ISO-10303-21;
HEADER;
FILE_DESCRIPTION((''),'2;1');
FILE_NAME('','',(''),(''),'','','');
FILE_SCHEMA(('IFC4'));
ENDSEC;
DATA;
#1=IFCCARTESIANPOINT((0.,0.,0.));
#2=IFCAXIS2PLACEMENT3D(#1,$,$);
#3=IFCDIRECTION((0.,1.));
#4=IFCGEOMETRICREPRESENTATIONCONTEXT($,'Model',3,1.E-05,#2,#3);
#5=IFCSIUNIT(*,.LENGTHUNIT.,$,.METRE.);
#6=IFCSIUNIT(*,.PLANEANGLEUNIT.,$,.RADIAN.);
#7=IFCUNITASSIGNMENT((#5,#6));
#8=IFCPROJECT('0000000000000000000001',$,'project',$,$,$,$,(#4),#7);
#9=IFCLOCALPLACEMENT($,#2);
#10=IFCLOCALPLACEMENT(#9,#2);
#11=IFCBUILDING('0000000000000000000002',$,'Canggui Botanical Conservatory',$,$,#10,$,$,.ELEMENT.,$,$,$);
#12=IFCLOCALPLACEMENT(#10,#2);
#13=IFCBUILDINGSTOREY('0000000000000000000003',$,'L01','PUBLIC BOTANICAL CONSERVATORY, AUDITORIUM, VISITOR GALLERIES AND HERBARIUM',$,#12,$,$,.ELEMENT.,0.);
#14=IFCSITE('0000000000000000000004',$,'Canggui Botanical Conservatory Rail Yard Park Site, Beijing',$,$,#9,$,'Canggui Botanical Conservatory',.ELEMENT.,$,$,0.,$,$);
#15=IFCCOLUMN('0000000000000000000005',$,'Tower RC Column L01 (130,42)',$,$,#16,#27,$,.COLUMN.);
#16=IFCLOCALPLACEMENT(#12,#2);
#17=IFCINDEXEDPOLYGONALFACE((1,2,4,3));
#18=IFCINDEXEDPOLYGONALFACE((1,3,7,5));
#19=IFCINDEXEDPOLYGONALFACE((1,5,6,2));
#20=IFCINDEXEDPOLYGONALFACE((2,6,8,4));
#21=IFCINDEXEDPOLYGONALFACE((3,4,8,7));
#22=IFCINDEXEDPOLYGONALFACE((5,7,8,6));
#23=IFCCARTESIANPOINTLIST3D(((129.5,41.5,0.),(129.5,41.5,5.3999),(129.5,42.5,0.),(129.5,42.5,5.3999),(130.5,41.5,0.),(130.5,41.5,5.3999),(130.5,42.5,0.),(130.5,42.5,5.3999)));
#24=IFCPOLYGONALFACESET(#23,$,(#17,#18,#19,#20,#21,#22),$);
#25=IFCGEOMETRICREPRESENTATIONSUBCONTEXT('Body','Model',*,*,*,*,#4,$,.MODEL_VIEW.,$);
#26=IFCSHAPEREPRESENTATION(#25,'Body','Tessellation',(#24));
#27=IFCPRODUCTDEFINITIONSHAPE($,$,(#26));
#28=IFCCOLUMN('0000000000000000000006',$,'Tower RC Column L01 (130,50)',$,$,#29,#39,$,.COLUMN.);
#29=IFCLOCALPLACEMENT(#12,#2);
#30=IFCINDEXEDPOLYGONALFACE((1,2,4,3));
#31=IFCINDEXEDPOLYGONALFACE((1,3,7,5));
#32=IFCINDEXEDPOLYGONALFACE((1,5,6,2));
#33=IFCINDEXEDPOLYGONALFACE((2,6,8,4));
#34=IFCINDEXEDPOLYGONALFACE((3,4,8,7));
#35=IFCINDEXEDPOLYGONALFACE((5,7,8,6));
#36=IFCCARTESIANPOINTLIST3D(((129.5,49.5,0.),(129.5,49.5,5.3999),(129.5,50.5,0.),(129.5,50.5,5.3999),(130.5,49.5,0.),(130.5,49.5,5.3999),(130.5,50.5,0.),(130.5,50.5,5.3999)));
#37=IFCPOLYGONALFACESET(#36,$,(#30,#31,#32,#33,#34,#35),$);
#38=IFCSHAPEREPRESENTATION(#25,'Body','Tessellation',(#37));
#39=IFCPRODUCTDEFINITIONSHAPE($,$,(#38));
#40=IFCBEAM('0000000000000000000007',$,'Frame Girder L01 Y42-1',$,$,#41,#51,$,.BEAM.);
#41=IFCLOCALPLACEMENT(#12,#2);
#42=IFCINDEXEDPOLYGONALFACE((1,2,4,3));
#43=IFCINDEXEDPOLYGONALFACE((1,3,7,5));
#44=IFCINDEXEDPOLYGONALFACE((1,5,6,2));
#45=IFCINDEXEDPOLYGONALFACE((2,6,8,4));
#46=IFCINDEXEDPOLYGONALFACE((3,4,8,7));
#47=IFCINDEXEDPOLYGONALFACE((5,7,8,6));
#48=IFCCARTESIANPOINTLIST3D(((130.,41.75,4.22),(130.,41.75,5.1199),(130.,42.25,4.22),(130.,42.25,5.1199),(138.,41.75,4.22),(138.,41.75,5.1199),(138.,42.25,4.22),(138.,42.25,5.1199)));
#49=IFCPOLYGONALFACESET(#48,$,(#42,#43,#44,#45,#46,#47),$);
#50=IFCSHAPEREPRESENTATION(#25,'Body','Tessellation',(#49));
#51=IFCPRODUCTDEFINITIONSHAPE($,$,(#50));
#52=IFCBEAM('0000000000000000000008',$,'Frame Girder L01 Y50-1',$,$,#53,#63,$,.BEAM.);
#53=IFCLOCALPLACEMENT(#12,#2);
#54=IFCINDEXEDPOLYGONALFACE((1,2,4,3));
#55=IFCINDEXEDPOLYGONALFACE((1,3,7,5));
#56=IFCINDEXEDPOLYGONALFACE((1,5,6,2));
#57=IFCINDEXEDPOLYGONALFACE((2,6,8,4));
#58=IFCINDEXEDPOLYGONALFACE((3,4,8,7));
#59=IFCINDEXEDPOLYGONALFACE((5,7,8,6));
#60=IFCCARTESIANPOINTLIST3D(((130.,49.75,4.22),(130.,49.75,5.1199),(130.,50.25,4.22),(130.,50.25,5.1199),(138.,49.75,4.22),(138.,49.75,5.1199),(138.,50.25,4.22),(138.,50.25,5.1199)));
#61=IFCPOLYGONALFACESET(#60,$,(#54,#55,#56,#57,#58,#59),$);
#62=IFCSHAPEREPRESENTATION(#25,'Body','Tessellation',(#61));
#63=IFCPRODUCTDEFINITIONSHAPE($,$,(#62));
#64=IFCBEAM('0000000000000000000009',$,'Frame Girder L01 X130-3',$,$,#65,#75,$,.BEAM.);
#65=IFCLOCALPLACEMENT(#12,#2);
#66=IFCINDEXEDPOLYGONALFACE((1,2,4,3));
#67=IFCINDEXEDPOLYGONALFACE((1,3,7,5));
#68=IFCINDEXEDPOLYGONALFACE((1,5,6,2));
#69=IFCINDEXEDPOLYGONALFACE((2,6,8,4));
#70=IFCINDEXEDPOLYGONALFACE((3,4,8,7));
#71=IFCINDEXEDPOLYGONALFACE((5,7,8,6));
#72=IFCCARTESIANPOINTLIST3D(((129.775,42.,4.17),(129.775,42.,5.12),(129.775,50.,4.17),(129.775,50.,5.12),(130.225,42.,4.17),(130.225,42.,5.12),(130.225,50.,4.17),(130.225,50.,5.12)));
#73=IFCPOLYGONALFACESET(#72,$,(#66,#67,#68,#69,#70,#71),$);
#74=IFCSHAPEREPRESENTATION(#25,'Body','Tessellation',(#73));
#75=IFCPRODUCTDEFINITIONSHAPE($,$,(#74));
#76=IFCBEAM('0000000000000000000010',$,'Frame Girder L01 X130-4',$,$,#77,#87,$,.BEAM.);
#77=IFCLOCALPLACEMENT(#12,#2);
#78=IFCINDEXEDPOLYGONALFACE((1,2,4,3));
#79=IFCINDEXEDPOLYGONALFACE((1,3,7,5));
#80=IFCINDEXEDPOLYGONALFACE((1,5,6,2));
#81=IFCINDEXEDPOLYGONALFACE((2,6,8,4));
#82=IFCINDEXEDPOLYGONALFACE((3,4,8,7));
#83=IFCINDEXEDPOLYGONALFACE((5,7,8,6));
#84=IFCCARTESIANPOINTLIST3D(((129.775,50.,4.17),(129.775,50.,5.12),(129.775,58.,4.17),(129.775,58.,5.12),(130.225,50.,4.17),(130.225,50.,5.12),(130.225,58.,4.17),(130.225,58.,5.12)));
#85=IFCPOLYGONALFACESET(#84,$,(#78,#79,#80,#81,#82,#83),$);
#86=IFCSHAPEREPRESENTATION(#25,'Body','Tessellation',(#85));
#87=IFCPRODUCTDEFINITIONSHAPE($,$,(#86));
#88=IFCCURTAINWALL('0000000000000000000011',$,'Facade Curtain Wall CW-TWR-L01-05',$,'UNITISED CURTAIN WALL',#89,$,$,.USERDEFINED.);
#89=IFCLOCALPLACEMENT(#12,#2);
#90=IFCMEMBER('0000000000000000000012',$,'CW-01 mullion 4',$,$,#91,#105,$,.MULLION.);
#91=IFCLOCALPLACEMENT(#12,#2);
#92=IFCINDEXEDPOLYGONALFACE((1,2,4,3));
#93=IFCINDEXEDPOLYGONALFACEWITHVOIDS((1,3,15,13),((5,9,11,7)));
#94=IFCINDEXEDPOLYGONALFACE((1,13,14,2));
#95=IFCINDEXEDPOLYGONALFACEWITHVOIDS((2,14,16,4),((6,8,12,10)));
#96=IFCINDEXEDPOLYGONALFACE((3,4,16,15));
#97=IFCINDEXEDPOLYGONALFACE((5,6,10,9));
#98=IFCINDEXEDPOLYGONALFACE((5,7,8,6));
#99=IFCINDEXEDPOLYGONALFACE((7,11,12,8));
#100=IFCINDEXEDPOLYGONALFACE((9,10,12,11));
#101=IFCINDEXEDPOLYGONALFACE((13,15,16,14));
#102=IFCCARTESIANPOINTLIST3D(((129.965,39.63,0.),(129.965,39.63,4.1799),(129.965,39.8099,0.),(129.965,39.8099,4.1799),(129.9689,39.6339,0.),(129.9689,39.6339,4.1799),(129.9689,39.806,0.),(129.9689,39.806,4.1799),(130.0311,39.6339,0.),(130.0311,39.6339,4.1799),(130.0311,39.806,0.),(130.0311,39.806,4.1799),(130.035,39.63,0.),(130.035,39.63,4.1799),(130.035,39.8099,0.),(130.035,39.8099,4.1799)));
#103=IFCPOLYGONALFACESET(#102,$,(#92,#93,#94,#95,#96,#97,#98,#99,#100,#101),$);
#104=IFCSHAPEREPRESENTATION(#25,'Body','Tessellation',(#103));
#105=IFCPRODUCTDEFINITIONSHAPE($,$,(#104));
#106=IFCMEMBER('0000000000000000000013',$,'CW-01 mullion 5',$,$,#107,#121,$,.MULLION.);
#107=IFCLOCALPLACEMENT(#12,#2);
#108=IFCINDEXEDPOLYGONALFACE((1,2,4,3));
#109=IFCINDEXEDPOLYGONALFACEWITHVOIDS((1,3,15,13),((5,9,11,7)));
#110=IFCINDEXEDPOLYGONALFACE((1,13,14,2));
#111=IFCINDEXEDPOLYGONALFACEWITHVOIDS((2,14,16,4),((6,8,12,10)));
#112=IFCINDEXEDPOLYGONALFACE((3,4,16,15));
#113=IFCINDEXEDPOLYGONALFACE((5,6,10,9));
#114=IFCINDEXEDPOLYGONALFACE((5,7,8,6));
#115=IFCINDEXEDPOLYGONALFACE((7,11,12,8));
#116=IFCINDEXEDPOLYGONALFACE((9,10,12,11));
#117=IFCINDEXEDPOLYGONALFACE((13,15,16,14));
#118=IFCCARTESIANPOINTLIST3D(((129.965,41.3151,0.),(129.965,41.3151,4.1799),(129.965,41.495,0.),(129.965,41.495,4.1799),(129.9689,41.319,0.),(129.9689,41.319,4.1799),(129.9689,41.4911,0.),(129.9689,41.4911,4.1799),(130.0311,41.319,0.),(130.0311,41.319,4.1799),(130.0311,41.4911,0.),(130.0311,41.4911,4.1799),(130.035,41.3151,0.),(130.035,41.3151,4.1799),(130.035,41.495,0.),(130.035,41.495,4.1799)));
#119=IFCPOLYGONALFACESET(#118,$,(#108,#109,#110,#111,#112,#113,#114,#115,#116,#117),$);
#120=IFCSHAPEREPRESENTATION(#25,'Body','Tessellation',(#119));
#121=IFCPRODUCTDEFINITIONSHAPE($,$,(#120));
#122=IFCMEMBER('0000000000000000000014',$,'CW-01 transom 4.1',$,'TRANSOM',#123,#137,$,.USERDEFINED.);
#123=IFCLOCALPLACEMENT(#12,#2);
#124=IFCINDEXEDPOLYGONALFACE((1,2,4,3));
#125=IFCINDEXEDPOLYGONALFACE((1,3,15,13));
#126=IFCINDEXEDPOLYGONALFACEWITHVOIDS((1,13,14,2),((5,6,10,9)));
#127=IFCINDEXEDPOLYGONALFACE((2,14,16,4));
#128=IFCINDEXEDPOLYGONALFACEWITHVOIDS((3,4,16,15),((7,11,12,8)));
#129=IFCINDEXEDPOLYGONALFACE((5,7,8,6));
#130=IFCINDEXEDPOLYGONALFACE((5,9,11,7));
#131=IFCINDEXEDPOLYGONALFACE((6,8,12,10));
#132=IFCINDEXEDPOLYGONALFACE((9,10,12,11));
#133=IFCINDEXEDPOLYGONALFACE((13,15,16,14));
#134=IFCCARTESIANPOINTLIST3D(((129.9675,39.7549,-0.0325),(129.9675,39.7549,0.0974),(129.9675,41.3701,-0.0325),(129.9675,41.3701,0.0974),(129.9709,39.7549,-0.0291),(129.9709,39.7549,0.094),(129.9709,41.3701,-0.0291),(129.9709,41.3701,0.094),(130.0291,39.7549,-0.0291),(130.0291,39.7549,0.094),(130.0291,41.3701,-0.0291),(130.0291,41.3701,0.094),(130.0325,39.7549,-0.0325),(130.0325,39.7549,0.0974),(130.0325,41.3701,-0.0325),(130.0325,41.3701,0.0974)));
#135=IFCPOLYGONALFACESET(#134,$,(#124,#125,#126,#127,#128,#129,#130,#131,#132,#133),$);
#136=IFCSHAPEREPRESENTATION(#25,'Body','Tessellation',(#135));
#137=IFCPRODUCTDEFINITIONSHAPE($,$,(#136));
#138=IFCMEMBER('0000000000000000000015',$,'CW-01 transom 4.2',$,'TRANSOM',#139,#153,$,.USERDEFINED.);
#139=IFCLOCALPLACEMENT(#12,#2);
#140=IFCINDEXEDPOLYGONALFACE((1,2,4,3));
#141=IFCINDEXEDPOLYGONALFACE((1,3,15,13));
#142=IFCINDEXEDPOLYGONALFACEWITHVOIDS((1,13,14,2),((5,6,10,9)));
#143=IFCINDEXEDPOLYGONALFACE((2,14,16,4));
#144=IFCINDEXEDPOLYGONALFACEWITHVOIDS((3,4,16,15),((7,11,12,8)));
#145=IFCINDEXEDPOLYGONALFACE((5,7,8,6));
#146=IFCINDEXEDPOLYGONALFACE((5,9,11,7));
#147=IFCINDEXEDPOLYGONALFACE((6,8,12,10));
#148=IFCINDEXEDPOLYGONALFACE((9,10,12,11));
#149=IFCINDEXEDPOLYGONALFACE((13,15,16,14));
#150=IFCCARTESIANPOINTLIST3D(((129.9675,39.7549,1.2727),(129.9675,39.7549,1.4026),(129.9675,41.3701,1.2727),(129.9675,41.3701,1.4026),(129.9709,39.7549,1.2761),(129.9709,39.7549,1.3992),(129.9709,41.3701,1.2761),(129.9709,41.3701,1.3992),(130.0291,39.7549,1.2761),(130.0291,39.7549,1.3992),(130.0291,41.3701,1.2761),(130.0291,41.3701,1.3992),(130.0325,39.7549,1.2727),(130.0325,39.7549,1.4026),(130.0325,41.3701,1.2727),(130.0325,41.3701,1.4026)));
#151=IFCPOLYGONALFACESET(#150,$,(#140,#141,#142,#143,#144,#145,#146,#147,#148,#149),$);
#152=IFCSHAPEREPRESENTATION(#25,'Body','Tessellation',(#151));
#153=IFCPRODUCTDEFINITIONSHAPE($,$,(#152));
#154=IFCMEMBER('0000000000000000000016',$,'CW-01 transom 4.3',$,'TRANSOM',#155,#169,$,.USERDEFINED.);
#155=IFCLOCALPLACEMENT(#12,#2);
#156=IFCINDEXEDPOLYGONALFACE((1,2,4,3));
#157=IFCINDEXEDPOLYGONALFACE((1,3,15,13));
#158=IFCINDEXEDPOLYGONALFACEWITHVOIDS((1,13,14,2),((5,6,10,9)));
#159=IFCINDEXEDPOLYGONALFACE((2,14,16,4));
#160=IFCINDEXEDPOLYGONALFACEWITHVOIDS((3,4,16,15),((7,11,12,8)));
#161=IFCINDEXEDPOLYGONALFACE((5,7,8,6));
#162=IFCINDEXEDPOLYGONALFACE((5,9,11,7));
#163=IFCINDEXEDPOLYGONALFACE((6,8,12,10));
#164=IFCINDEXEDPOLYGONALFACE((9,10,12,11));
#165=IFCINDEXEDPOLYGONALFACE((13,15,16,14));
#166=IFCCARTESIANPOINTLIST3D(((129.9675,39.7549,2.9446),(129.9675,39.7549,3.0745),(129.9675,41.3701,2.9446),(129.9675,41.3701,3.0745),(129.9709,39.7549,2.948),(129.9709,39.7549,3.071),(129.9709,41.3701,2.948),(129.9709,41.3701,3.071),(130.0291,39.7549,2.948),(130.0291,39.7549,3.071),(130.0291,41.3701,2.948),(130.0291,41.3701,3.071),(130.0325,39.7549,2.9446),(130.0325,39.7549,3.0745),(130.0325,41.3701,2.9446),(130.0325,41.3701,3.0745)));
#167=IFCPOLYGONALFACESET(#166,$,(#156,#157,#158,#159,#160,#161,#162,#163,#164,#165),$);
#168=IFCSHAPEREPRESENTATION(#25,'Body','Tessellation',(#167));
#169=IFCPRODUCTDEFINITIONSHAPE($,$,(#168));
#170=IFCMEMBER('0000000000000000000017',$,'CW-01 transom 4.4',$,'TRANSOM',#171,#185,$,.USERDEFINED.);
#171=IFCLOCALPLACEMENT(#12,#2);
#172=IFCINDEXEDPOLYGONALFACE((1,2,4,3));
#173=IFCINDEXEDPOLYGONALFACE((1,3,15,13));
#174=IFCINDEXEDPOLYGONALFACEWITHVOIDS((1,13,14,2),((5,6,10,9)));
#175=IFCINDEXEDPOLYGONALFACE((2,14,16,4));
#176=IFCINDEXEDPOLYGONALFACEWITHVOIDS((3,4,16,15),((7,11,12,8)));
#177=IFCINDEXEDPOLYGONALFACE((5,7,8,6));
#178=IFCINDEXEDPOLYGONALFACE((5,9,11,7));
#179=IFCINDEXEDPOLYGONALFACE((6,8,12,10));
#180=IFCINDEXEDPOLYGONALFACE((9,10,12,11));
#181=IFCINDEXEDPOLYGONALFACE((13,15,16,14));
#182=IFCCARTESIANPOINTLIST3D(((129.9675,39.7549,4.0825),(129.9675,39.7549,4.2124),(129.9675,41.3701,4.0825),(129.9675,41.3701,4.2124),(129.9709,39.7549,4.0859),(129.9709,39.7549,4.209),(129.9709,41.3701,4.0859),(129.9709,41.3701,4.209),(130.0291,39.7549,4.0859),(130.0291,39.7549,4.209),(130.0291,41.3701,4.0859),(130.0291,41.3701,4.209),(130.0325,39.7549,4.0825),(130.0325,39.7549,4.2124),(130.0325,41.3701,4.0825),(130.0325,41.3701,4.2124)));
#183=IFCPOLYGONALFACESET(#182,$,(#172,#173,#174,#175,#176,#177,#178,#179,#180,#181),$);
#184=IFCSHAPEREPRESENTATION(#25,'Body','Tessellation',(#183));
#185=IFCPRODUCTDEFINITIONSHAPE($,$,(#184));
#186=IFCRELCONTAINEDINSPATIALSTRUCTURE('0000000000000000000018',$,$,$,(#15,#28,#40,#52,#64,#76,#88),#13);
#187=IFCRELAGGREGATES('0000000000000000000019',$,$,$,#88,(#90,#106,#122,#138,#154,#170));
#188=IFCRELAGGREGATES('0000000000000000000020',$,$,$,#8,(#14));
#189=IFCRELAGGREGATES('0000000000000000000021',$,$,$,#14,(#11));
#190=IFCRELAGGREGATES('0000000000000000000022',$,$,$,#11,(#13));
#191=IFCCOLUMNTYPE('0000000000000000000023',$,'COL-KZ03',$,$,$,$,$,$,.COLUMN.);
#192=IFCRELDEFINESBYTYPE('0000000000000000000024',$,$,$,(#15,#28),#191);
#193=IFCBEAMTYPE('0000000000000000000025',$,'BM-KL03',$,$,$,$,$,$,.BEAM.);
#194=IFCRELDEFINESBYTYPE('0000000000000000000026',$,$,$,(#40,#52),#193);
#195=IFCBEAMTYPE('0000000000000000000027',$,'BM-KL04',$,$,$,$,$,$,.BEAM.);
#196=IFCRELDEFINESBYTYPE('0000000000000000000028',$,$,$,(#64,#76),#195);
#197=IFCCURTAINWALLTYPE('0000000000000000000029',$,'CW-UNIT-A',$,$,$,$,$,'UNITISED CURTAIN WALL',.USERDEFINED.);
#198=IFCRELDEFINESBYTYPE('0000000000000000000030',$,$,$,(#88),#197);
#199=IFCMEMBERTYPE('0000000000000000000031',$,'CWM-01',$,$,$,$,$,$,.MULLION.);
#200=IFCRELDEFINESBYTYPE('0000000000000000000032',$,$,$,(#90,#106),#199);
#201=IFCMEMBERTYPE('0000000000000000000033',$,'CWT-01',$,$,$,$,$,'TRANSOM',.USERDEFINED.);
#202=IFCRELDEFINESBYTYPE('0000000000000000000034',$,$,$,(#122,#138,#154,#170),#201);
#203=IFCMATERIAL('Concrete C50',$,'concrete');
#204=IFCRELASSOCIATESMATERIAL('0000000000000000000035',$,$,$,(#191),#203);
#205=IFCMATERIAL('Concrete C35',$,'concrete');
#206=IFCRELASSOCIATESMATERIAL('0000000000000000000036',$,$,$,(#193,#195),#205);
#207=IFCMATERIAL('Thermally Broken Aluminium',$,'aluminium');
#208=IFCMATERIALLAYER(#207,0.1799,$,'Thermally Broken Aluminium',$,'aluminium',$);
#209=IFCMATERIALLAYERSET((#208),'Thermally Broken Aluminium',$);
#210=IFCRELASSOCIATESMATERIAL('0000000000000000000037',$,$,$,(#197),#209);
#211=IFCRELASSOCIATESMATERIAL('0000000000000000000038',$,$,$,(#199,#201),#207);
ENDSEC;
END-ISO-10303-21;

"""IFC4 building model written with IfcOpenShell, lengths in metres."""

from ifc_helpers import new_model, si_unit, direction, frame, origin, origin_2d, place, context, subcontext, project, spatial, rectangle, hollow_rectangle, extrude, material, layer, layer_set, material_profile, profile_set, type_object, element, aggregate, save


model = new_model("IFC4")

# Units and contexts
model_context = context("Model", 3, precision=1e-05, world=origin(), true_north=direction((0.0, 1.0)))
body_context = subcontext(model_context, "Body", "Model", "MODEL_VIEW")
ifc_project = project(units=[si_unit("LENGTHUNIT", "METRE"), si_unit("PLANEANGLEUNIT", "RADIAN")], contexts=[model_context])

# Site, building, storey
site_placement = place(None, origin())
site = spatial("IfcSite", under=ifc_project, at=site_placement, Name="Canggui Botanical Conservatory Rail Yard Park Site, Beijing", LongName="Canggui Botanical Conservatory", CompositionType="ELEMENT", RefElevation=0.0)
building_placement = place(site_placement, origin())
building = spatial("IfcBuilding", under=site, at=building_placement, Name="Canggui Botanical Conservatory", CompositionType="ELEMENT")
storey_placement = place(building_placement, origin())
storey = spatial("IfcBuildingStorey", under=building, at=storey_placement, Name="L01", Description="PUBLIC BOTANICAL CONSERVATORY, AUDITORIUM, VISITOR GALLERIES AND HERBARIUM", CompositionType="ELEMENT", Elevation=0.0)

# Columns
ifc_material_1 = material(Name="Concrete C50", Category="concrete")
ifc_material_profile_1 = material_profile(ifc_material_1, rectangle(XDim=1.0, YDim=1.0, at=origin_2d()), Name="RC 1000x1000")
ifc_profile_set_1 = profile_set([ifc_material_profile_1], Name="Concrete C50")
column_type = type_object("IfcColumnType", Name="COL-KZ03", PredefinedType="COLUMN", material=ifc_profile_set_1)
for number, where, z_axis, x_axis, name in (
    (1, (130.0, 42.0, 0.0), (0.0, 0.0, 1.0), (1.0, 0.0, 0.0), "Tower RC Column L01 (130,42)"),
    (2, (130.0, 50.0, 0.0), (0.0, 0.0, 1.0), (1.0, 0.0, 0.0), "Tower RC Column L01 (130,50)"),
):
    element("IfcColumn", number, at=place(storey_placement, frame(where, z_axis=z_axis, x_axis=x_axis)), inside=storey, type_object=column_type, Name=name, PredefinedType="COLUMN", context=body_context, shape_type="SweptSolid", body=[
        extrude(rectangle(XDim=1.0, YDim=1.0, at=origin_2d()), origin(), (0.0, 0.0, 1.0), 5.3999),
    ])

# Beams
ifc_material_2 = material(Name="Concrete C35", Category="concrete")
ifc_material_profile_2 = material_profile(ifc_material_2, rectangle(XDim=0.5, YDim=0.8999, at=origin_2d()), Name="RB 500x900")
ifc_profile_set_2 = profile_set([ifc_material_profile_2], Name="Concrete C35")
beam_type_1 = type_object("IfcBeamType", Name="BM-KL03", PredefinedType="BEAM", material=ifc_profile_set_2)
for number, where, z_axis, x_axis, name in (
    (3, (130.0, 42.0, 4.6699), (1.0, 0.0, 0.0), (0.0, 1.0, 0.0), "Frame Girder L01 Y42-1"),
    (4, (130.0, 50.0, 4.6699), (1.0, 0.0, 0.0), (0.0, 1.0, 0.0), "Frame Girder L01 Y50-1"),
):
    element("IfcBeam", number, at=place(storey_placement, frame(where, z_axis=z_axis, x_axis=x_axis)), inside=storey, type_object=beam_type_1, Name=name, PredefinedType="BEAM", context=body_context, shape_type="SweptSolid", body=[
        extrude(rectangle(XDim=0.5, YDim=0.8999, at=origin_2d()), origin(), (0.0, 0.0, 1.0), 8.0),
    ])
ifc_material_profile_3 = material_profile(ifc_material_2, rectangle(XDim=0.45, YDim=0.95, at=origin_2d()), Name="RB 450x950")
ifc_profile_set_3 = profile_set([ifc_material_profile_3], Name="Concrete C35")
beam_type_2 = type_object("IfcBeamType", Name="BM-KL04", PredefinedType="BEAM", material=ifc_profile_set_3)
for number, where, z_axis, x_axis, name in (
    (5, (130.0, 42.0, 4.645), (0.0, 1.0, 0.0), (-1.0, 0.0, 0.0), "Frame Girder L01 X130-3"),
    (6, (130.0, 50.0, 4.645), (0.0, 1.0, 0.0), (-1.0, 0.0, 0.0), "Frame Girder L01 X130-4"),
):
    element("IfcBeam", number, at=place(storey_placement, frame(where, z_axis=z_axis, x_axis=x_axis)), inside=storey, type_object=beam_type_2, Name=name, PredefinedType="BEAM", context=body_context, shape_type="SweptSolid", body=[
        extrude(rectangle(XDim=0.45, YDim=0.95, at=origin_2d()), origin(), (0.0, 0.0, 1.0), 8.0),
    ])

# Curtain wall, members
ifc_material_3 = material(Name="Thermally Broken Aluminium", Category="aluminium")
ifc_layer_1 = layer(ifc_material_3, 0.1799, Name="Thermally Broken Aluminium", Category="aluminium")
ifc_layer_set_1 = layer_set([ifc_layer_1], Name="Thermally Broken Aluminium")
curtain_wall_type = type_object("IfcCurtainWallType", Name="CW-UNIT-A", ElementType="UNITISED CURTAIN WALL", PredefinedType="USERDEFINED", material=ifc_layer_set_1)
curtain_wall_placement = place(storey_placement, origin())
curtain_wall = element("IfcCurtainWall", 7, at=curtain_wall_placement, inside=storey, type_object=curtain_wall_type, Name="Facade Curtain Wall CW-TWR-L01-05", ObjectType="UNITISED CURTAIN WALL", PredefinedType="USERDEFINED")
ifc_material_profile_4 = material_profile(ifc_material_3, hollow_rectangle(XDim=0.0701, YDim=0.1799, WallThickness=0.0039, at=origin_2d()), Name="CWM 70x180x4")
ifc_profile_set_4 = profile_set([ifc_material_profile_4], Name="Thermally Broken Aluminium")
member_type_1 = type_object("IfcMemberType", Name="CWM-01", PredefinedType="MULLION", material=ifc_profile_set_4)
member_1_placement = place(storey_placement, frame((130.0, 39.72, 0.0), z_axis=(0.0, 0.0, 1.0), x_axis=(-1.0, 0.0, 0.0)))
member_1 = element("IfcMember", 8, at=member_1_placement, type_object=member_type_1, Name="CW-01 mullion 4", PredefinedType="MULLION", context=body_context, shape_type="SweptSolid", body=[
    extrude(hollow_rectangle(XDim=0.0701, YDim=0.1799, WallThickness=0.0039, at=origin_2d()), origin(), (0.0, 0.0, 1.0), 4.1799),
])
member_2_placement = place(storey_placement, frame((130.0, 41.405, 0.0), z_axis=(0.0, 0.0, 1.0), x_axis=(-1.0, 0.0, 0.0)))
member_2 = element("IfcMember", 9, at=member_2_placement, type_object=member_type_1, Name="CW-01 mullion 5", PredefinedType="MULLION", context=body_context, shape_type="SweptSolid", body=[
    extrude(hollow_rectangle(XDim=0.0701, YDim=0.1799, WallThickness=0.0039, at=origin_2d()), origin(), (0.0, 0.0, 1.0), 4.1799),
])
ifc_material_profile_5 = material_profile(ifc_material_3, hollow_rectangle(XDim=0.0649, YDim=0.1299, WallThickness=0.0034, at=origin_2d()), Name="CWT 65x130x3.5")
ifc_profile_set_5 = profile_set([ifc_material_profile_5], Name="Thermally Broken Aluminium")
member_type_2 = type_object("IfcMemberType", Name="CWT-01", ElementType="TRANSOM", PredefinedType="USERDEFINED", material=ifc_profile_set_5)
member_3_placement = place(storey_placement, frame((130.0, 39.7549, 0.0325), z_axis=(0.0, 1.0, 0.0), x_axis=(-1.0, 0.0, 0.0)))
member_3 = element("IfcMember", 10, at=member_3_placement, type_object=member_type_2, Name="CW-01 transom 4.1", ObjectType="TRANSOM", PredefinedType="USERDEFINED", context=body_context, shape_type="SweptSolid", body=[
    extrude(hollow_rectangle(XDim=0.0649, YDim=0.1299, WallThickness=0.0034, at=origin_2d()), origin(), (0.0, 0.0, 1.0), 1.6152),
])
member_4_placement = place(storey_placement, frame((130.0, 39.7549, 1.3376), z_axis=(0.0, 1.0, 0.0), x_axis=(-1.0, 0.0, 0.0)))
member_4 = element("IfcMember", 11, at=member_4_placement, type_object=member_type_2, Name="CW-01 transom 4.2", ObjectType="TRANSOM", PredefinedType="USERDEFINED", context=body_context, shape_type="SweptSolid", body=[
    extrude(hollow_rectangle(XDim=0.0649, YDim=0.1299, WallThickness=0.0034, at=origin_2d()), origin(), (0.0, 0.0, 1.0), 1.6152),
])
member_5_placement = place(storey_placement, frame((130.0, 39.7549, 3.0095), z_axis=(0.0, 1.0, 0.0), x_axis=(-1.0, 0.0, 0.0)))
member_5 = element("IfcMember", 12, at=member_5_placement, type_object=member_type_2, Name="CW-01 transom 4.3", ObjectType="TRANSOM", PredefinedType="USERDEFINED", context=body_context, shape_type="SweptSolid", body=[
    extrude(hollow_rectangle(XDim=0.0649, YDim=0.1299, WallThickness=0.0034, at=origin_2d()), origin(), (0.0, 0.0, 1.0), 1.6152),
])
member_6_placement = place(storey_placement, frame((130.0, 39.7549, 4.1475), z_axis=(0.0, 1.0, 0.0), x_axis=(-1.0, 0.0, 0.0)))
member_6 = element("IfcMember", 13, at=member_6_placement, type_object=member_type_2, Name="CW-01 transom 4.4", ObjectType="TRANSOM", PredefinedType="USERDEFINED", context=body_context, shape_type="SweptSolid", body=[
    extrude(hollow_rectangle(XDim=0.0649, YDim=0.1299, WallThickness=0.0034, at=origin_2d()), origin(), (0.0, 0.0, 1.0), 1.6152),
])
aggregate(curtain_wall, [member_1, member_2, member_3, member_4, member_5, member_6])

save(model, "model.ifc")
